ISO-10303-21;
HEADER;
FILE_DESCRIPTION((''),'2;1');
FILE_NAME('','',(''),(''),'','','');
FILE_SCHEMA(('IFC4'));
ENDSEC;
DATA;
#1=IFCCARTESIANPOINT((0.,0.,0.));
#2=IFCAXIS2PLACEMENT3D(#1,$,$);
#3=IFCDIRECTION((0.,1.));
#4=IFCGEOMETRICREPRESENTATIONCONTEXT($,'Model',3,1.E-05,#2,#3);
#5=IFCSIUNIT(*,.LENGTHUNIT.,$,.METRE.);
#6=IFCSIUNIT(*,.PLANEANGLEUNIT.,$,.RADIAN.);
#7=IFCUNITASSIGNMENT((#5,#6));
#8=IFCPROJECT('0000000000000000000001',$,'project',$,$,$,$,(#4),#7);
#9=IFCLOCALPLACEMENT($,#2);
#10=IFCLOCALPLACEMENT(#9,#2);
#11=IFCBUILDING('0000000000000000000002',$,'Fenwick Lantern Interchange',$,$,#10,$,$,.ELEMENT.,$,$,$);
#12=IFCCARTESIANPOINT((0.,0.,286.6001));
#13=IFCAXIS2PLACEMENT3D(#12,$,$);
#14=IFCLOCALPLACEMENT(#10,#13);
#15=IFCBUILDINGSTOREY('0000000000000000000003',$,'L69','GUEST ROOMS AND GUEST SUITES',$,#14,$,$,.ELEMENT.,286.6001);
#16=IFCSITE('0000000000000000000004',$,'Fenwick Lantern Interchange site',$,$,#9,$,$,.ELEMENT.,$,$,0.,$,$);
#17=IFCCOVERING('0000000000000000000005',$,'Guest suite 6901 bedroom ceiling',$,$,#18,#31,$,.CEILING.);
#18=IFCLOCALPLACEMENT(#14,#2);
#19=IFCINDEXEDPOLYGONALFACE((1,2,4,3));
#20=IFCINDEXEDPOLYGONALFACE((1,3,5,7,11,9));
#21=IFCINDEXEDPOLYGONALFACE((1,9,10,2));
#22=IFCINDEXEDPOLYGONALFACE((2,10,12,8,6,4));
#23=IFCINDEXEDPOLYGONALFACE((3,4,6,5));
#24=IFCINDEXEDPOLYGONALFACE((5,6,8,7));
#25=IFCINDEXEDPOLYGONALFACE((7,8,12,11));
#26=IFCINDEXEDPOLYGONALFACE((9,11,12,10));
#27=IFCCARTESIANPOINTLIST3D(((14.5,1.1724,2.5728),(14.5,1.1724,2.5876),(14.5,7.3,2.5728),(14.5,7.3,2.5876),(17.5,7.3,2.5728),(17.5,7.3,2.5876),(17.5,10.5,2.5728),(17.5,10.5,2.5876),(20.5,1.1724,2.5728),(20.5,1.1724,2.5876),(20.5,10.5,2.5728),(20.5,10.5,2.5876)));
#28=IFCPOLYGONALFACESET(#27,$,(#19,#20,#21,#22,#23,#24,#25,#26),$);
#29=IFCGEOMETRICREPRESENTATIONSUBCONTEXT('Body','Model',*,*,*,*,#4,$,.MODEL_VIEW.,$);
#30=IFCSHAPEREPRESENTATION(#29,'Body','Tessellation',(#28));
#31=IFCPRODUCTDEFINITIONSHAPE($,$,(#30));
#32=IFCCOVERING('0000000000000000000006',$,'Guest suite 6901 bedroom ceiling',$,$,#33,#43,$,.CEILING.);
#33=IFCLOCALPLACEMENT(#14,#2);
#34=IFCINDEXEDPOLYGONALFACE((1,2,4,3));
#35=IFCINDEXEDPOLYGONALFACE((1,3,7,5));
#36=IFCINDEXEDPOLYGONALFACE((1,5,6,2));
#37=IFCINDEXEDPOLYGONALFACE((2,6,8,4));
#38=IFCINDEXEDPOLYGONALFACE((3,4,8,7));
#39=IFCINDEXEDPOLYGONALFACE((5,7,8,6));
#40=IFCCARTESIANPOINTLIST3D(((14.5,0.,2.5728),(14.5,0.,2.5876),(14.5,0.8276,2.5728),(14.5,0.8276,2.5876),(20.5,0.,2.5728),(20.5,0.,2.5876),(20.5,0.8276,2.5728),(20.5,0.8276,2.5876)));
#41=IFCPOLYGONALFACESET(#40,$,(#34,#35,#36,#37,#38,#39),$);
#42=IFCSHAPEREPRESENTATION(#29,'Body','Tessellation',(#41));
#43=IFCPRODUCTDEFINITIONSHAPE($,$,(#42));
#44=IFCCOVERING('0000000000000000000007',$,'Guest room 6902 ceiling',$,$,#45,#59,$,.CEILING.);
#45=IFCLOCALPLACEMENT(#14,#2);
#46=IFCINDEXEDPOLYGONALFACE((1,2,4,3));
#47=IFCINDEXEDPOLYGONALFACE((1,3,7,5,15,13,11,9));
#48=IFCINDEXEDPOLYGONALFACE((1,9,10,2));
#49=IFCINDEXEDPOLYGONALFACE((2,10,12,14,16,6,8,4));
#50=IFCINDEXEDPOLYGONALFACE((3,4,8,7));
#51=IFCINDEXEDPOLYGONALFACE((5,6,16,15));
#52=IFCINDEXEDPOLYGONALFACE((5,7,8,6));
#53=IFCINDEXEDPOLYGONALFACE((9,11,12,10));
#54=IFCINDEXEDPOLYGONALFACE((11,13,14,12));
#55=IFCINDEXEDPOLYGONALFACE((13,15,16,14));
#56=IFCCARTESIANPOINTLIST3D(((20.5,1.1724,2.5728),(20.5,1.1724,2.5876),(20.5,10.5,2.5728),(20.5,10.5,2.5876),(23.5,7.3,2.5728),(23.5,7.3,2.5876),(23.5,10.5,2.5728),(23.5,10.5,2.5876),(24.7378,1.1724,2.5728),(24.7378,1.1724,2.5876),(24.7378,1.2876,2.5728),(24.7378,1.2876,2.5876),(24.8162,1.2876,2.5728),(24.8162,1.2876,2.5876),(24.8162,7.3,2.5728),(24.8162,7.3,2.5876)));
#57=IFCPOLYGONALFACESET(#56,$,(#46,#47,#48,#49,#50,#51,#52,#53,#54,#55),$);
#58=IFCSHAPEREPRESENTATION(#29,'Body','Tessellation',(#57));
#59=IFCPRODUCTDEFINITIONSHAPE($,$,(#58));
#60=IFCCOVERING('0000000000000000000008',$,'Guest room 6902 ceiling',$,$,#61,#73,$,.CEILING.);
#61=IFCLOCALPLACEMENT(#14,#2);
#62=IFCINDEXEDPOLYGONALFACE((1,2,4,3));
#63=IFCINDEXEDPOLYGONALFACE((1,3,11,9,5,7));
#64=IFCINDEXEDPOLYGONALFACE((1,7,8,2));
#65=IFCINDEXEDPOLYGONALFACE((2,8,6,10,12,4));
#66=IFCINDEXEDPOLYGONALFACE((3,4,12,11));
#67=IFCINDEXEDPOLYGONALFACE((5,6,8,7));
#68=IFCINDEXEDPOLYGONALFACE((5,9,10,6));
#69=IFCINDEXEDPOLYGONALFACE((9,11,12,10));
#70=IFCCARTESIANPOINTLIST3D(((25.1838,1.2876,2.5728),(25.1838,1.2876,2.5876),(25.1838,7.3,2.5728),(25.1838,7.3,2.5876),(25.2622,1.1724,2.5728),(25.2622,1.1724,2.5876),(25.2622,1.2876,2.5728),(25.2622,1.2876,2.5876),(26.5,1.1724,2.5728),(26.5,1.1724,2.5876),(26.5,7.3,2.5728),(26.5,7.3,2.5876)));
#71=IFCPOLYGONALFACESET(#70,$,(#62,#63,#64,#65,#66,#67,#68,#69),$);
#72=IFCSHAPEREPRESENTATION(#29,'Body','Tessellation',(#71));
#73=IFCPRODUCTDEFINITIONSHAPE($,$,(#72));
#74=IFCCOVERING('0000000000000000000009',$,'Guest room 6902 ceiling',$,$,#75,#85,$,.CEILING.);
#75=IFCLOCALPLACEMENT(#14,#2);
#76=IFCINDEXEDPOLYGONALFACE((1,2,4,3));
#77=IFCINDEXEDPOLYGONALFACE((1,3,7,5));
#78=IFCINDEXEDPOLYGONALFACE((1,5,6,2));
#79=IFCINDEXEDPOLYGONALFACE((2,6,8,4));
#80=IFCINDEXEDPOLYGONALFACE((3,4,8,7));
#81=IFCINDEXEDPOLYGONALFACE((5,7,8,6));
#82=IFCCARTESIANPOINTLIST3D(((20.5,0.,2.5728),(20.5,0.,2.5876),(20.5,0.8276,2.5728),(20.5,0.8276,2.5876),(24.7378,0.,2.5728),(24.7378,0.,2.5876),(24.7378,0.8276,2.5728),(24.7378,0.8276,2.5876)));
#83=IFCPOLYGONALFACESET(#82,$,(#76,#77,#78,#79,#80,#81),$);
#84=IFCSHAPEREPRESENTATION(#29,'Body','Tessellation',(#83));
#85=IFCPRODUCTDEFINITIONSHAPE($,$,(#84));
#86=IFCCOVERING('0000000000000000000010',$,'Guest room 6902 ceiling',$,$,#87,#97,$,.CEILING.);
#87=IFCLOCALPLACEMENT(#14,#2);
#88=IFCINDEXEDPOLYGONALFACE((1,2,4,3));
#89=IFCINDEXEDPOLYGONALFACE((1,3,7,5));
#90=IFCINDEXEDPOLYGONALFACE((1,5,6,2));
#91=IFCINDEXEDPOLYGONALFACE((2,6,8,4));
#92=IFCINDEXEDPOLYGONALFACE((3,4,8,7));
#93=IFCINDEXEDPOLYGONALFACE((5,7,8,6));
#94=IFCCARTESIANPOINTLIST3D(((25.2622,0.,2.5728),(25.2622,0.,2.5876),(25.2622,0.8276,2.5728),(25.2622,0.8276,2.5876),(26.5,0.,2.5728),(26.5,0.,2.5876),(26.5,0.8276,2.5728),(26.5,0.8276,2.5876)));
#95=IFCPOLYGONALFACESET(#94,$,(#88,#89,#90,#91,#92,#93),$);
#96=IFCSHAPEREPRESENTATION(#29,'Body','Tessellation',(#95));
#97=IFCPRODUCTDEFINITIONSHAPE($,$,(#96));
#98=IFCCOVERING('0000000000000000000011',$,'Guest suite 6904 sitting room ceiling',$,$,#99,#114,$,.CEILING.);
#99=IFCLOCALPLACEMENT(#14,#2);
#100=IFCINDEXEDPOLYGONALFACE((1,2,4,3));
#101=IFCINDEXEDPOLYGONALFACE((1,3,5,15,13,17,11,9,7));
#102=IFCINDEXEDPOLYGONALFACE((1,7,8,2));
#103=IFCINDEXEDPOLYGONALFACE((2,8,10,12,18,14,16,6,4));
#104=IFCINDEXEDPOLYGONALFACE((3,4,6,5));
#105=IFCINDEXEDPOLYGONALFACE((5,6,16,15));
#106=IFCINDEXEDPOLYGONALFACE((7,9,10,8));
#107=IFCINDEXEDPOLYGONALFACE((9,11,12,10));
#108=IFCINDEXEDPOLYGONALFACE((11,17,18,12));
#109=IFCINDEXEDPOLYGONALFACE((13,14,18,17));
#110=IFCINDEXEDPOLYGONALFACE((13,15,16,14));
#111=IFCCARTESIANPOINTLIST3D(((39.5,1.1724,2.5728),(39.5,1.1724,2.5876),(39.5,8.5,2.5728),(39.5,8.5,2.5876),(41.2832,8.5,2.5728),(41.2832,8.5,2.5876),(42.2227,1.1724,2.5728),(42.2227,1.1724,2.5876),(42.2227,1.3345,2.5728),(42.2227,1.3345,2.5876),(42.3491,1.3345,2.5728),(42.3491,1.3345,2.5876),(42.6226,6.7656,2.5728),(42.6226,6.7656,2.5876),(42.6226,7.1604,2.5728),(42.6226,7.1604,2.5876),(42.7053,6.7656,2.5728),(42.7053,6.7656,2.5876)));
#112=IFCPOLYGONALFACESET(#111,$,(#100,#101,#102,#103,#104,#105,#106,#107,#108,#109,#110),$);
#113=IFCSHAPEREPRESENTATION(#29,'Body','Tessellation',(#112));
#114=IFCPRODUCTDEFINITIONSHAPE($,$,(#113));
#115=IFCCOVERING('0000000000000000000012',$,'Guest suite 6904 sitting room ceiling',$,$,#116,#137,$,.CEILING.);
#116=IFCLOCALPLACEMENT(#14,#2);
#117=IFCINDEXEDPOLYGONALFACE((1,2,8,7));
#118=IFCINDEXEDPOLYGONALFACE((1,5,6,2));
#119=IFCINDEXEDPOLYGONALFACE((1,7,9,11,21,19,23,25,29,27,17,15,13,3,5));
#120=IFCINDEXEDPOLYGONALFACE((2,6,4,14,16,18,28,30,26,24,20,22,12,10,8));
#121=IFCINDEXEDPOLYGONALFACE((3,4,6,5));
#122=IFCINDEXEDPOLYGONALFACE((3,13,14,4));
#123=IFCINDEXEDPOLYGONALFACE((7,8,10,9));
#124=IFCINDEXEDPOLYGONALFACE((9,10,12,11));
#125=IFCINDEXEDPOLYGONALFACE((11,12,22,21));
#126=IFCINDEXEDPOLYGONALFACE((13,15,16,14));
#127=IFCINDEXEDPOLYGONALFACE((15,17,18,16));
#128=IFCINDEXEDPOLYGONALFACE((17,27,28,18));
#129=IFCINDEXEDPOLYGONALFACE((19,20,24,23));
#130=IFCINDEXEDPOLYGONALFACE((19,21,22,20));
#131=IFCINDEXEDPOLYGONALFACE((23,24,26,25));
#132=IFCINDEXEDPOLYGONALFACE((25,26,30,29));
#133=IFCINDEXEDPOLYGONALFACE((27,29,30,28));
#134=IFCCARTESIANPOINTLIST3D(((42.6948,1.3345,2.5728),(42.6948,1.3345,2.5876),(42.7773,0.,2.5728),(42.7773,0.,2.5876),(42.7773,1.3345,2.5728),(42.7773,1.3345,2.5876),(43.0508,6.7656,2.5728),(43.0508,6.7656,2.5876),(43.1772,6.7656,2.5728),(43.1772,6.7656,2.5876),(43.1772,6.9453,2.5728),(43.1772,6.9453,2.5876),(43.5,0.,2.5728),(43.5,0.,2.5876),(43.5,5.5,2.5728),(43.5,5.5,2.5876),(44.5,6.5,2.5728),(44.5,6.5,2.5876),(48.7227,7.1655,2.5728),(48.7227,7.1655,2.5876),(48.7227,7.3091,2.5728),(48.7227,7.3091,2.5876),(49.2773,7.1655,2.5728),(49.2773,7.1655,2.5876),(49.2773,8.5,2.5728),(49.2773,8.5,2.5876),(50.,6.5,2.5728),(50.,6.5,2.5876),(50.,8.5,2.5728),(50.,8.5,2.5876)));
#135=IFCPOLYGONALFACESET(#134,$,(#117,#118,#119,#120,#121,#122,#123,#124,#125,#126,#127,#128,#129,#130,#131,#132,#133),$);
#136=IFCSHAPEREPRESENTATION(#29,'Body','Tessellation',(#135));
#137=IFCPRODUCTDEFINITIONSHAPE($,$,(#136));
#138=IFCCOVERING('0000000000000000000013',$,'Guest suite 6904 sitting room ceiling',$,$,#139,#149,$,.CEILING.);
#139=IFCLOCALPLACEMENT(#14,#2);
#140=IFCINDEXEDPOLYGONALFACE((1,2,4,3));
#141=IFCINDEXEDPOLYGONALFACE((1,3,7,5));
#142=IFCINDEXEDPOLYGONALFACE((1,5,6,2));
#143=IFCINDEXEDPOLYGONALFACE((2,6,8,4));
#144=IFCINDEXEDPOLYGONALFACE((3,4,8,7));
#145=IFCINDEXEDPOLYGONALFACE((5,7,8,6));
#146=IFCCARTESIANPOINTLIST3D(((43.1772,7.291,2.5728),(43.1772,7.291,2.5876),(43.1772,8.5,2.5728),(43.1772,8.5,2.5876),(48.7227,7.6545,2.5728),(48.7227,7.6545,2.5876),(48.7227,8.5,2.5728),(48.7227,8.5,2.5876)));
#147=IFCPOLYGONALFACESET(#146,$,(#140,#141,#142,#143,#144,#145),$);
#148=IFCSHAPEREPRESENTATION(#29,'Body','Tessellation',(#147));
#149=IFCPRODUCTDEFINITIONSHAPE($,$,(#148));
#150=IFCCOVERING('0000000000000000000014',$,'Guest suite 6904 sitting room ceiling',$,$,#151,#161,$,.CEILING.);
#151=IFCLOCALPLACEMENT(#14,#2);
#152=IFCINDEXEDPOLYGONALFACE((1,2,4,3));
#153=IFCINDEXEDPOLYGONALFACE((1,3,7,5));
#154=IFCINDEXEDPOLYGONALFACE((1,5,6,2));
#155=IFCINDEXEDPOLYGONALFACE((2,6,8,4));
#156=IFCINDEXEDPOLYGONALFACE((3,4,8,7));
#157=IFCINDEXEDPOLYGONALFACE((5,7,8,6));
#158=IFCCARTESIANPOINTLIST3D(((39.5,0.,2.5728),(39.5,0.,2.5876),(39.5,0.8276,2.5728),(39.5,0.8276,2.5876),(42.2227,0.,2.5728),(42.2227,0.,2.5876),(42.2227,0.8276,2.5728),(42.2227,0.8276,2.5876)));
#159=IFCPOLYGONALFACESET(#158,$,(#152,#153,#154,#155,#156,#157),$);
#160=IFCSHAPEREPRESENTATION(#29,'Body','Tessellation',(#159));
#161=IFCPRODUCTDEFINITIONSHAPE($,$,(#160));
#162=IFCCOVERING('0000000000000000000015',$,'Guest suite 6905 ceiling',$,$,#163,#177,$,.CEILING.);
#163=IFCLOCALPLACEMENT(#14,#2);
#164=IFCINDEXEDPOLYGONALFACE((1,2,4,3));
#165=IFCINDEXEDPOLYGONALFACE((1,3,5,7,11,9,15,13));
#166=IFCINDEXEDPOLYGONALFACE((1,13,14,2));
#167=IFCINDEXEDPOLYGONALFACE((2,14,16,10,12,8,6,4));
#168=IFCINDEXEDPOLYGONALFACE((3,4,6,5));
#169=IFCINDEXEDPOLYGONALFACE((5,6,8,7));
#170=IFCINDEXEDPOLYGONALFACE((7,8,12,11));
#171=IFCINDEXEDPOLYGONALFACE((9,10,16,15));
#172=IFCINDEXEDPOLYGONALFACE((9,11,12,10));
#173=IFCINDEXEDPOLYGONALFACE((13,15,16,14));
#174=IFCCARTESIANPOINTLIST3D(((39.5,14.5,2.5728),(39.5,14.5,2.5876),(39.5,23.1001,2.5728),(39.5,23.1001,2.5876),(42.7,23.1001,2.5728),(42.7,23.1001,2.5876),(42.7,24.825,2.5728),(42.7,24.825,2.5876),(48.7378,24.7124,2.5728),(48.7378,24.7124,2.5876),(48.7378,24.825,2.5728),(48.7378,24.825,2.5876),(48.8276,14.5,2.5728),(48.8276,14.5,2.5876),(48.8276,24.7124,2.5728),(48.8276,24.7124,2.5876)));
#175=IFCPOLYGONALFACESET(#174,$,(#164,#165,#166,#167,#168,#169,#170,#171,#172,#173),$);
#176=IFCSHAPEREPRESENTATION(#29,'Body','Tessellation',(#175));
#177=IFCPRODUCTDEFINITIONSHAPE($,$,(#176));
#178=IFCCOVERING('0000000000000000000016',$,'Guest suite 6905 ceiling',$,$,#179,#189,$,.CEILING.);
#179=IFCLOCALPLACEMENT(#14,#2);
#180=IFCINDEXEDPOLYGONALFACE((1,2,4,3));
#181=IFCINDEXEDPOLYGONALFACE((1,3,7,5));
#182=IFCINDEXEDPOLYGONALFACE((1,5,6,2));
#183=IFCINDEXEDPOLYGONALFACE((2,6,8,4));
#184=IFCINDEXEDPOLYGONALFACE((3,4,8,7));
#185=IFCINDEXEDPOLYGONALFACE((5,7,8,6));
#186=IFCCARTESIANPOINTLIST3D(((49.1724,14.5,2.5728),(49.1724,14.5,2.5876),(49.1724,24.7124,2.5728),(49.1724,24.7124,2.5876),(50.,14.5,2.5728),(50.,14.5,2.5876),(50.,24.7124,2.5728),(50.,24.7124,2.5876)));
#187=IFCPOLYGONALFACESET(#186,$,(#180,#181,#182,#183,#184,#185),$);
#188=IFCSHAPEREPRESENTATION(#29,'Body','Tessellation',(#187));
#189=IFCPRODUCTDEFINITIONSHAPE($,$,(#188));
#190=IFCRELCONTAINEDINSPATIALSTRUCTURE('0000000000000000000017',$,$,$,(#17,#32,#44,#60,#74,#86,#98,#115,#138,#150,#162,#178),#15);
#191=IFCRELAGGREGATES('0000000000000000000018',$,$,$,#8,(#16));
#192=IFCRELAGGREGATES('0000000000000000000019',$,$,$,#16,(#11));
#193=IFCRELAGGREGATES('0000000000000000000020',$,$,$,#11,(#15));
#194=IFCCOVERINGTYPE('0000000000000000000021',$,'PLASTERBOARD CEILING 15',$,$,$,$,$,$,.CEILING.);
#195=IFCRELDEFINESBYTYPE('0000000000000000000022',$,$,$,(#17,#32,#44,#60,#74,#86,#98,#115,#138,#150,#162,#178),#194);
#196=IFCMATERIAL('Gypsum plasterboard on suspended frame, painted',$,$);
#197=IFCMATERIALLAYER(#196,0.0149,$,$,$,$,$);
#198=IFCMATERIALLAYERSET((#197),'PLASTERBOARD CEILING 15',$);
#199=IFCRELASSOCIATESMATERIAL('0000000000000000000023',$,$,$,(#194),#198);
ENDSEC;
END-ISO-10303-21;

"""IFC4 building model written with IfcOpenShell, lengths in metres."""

from ifc_helpers import new_model, si_unit, direction, frame, origin, place, context, subcontext, project, spatial, polyline, outline, extrude, material, layer, layer_set, type_object, element, save


model = new_model("IFC4")

# Units and contexts
model_context = context("Model", 3, precision=1e-05, world=origin(), true_north=direction((0.0, 1.0)))
body_context = subcontext(model_context, "Body", "Model", "MODEL_VIEW")
ifc_project = project(units=[si_unit("LENGTHUNIT", "METRE"), si_unit("PLANEANGLEUNIT", "RADIAN")], contexts=[model_context])

# Site, building, storey
site_placement = place(None, origin())
site = spatial("IfcSite", under=ifc_project, at=site_placement, Name="Fenwick Lantern Interchange site", CompositionType="ELEMENT", RefElevation=0.0)
building_placement = place(site_placement, origin())
building = spatial("IfcBuilding", under=site, at=building_placement, Name="Fenwick Lantern Interchange", CompositionType="ELEMENT")
storey_placement = place(building_placement, frame((0.0, 0.0, 286.6001)))
storey = spatial("IfcBuildingStorey", under=building, at=storey_placement, Name="L69", Description="GUEST ROOMS AND GUEST SUITES", CompositionType="ELEMENT", Elevation=286.6001)

# Coverings
ifc_material_1 = material(Name="Gypsum plasterboard on suspended frame, painted")
ifc_layer_1 = layer(ifc_material_1, 0.0149)
ifc_layer_set_1 = layer_set([ifc_layer_1], Name="PLASTERBOARD CEILING 15")
covering_type_1 = type_object("IfcCoveringType", Name="PLASTERBOARD CEILING 15", PredefinedType="CEILING", material=ifc_layer_set_1)
covering_1_placement = place(storey_placement, frame((0.0, 0.0, 2.5728)))
element("IfcCovering", 1, at=covering_1_placement, inside=storey, type_object=covering_type_1, Name="Guest suite 6901 bedroom ceiling", PredefinedType="CEILING", context=body_context, shape_type="SweptSolid", body=[
    extrude(outline(polyline([(20.5, 1.1724), (20.5, 10.5), (17.5, 10.5), (17.5, 7.3), (14.5, 7.3), (14.5, 1.1724), (20.5, 1.1724)])), origin(), (0.0, 0.0, 1.0), 0.0149),
])
covering_2_placement = place(storey_placement, frame((0.0, 0.0, 2.5728)))
element("IfcCovering", 2, at=covering_2_placement, inside=storey, type_object=covering_type_1, Name="Guest suite 6901 bedroom ceiling", PredefinedType="CEILING", context=body_context, shape_type="SweptSolid", body=[
    extrude(outline(polyline([(20.5, 0.0), (20.5, 0.8276), (14.5, 0.8276), (14.5, 0.0), (20.5, 0.0)])), origin(), (0.0, 0.0, 1.0), 0.0149),
])
covering_3_placement = place(storey_placement, frame((0.0, 0.0, 2.5728)))
element("IfcCovering", 3, at=covering_3_placement, inside=storey, type_object=covering_type_1, Name="Guest room 6902 ceiling", PredefinedType="CEILING", context=body_context, shape_type="SweptSolid", body=[
    extrude(outline(polyline([(24.7378, 1.2876), (24.8162, 1.2876), (24.8162, 7.3), (23.5, 7.3), (23.5, 10.5), (20.5, 10.5), (20.5, 1.1724), (24.7378, 1.1724), (24.7378, 1.2876)])), origin(), (0.0, 0.0, 1.0), 0.0149),
])
covering_4_placement = place(storey_placement, frame((0.0, 0.0, 2.5728)))
element("IfcCovering", 4, at=covering_4_placement, inside=storey, type_object=covering_type_1, Name="Guest room 6902 ceiling", PredefinedType="CEILING", context=body_context, shape_type="SweptSolid", body=[
    extrude(outline(polyline([(25.2622, 1.2876), (25.2622, 1.1724), (26.5, 1.1724), (26.5, 7.3), (25.1838, 7.3), (25.1838, 1.2876), (25.2622, 1.2876)])), origin(), (0.0, 0.0, 1.0), 0.0149),
])
covering_5_placement = place(storey_placement, frame((0.0, 0.0, 2.5728)))
element("IfcCovering", 5, at=covering_5_placement, inside=storey, type_object=covering_type_1, Name="Guest room 6902 ceiling", PredefinedType="CEILING", context=body_context, shape_type="SweptSolid", body=[
    extrude(outline(polyline([(24.7378, 0.0), (24.7378, 0.8276), (20.5, 0.8276), (20.5, 0.0), (24.7378, 0.0)])), origin(), (0.0, 0.0, 1.0), 0.0149),
])
covering_6_placement = place(storey_placement, frame((0.0, 0.0, 2.5728)))
element("IfcCovering", 6, at=covering_6_placement, inside=storey, type_object=covering_type_1, Name="Guest room 6902 ceiling", PredefinedType="CEILING", context=body_context, shape_type="SweptSolid", body=[
    extrude(outline(polyline([(25.2622, 0.8276), (25.2622, 0.0), (26.5, 0.0), (26.5, 0.8276), (25.2622, 0.8276)])), origin(), (0.0, 0.0, 1.0), 0.0149),
])
covering_7_placement = place(storey_placement, frame((0.0, 0.0, 2.5728)))
element("IfcCovering", 7, at=covering_7_placement, inside=storey, type_object=covering_type_1, Name="Guest suite 6904 sitting room ceiling", PredefinedType="CEILING", context=body_context, shape_type="SweptSolid", body=[
    extrude(outline(polyline([(42.2227, 1.3345), (42.3491, 1.3345), (42.7053, 6.7656), (42.6226, 6.7656), (42.6226, 7.1604), (41.2832, 8.5), (39.5, 8.5), (39.5, 1.1724), (42.2227, 1.1724), (42.2227, 1.3345)])), origin(), (0.0, 0.0, 1.0), 0.0149),
])
covering_8_placement = place(storey_placement, frame((0.0, 0.0, 2.5728)))
element("IfcCovering", 8, at=covering_8_placement, inside=storey, type_object=covering_type_1, Name="Guest suite 6904 sitting room ceiling", PredefinedType="CEILING", context=body_context, shape_type="SweptSolid", body=[
    extrude(outline(polyline([(42.7773, 1.3345), (42.7773, 0.0), (43.5, 0.0), (43.5, 5.5), (44.5, 6.5), (50.0, 6.5), (50.0, 8.5), (49.2773, 8.5), (49.2773, 7.1655), (48.7227, 7.1655), (48.7227, 7.3091), (43.1772, 6.9453), (43.1772, 6.7656), (43.0508, 6.7656), (42.6948, 1.3345), (42.7773, 1.3345)])), origin(), (0.0, 0.0, 1.0), 0.0149),
])
covering_9_placement = place(storey_placement, frame((0.0, 0.0, 2.5728)))
element("IfcCovering", 9, at=covering_9_placement, inside=storey, type_object=covering_type_1, Name="Guest suite 6904 sitting room ceiling", PredefinedType="CEILING", context=body_context, shape_type="SweptSolid", body=[
    extrude(outline(polyline([(43.1772, 8.5), (43.1772, 7.291), (48.7227, 7.6545), (48.7227, 8.5), (43.1772, 8.5)])), origin(), (0.0, 0.0, 1.0), 0.0149),
])
covering_10_placement = place(storey_placement, frame((0.0, 0.0, 2.5728)))
element("IfcCovering", 10, at=covering_10_placement, inside=storey, type_object=covering_type_1, Name="Guest suite 6904 sitting room ceiling", PredefinedType="CEILING", context=body_context, shape_type="SweptSolid", body=[
    extrude(outline(polyline([(42.2227, 0.0), (42.2227, 0.8276), (39.5, 0.8276), (39.5, 0.0), (42.2227, 0.0)])), origin(), (0.0, 0.0, 1.0), 0.0149),
])
covering_11_placement = place(storey_placement, frame((0.0, 0.0, 2.5728)))
element("IfcCovering", 11, at=covering_11_placement, inside=storey, type_object=covering_type_1, Name="Guest suite 6905 ceiling", PredefinedType="CEILING", context=body_context, shape_type="SweptSolid", body=[
    extrude(outline(polyline([(48.7378, 24.7124), (48.7378, 24.825), (42.7, 24.825), (42.7, 23.1001), (39.5, 23.1001), (39.5, 14.5), (48.8276, 14.5), (48.8276, 24.7124), (48.7378, 24.7124)])), origin(), (0.0, 0.0, 1.0), 0.0149),
])
covering_12_placement = place(storey_placement, frame((0.0, 0.0, 2.5728)))
element("IfcCovering", 12, at=covering_12_placement, inside=storey, type_object=covering_type_1, Name="Guest suite 6905 ceiling", PredefinedType="CEILING", context=body_context, shape_type="SweptSolid", body=[
    extrude(outline(polyline([(50.0, 24.7124), (49.1724, 24.7124), (49.1724, 14.5), (50.0, 14.5), (50.0, 24.7124)])), origin(), (0.0, 0.0, 1.0), 0.0149),
])

save(model, "model.ifc")
